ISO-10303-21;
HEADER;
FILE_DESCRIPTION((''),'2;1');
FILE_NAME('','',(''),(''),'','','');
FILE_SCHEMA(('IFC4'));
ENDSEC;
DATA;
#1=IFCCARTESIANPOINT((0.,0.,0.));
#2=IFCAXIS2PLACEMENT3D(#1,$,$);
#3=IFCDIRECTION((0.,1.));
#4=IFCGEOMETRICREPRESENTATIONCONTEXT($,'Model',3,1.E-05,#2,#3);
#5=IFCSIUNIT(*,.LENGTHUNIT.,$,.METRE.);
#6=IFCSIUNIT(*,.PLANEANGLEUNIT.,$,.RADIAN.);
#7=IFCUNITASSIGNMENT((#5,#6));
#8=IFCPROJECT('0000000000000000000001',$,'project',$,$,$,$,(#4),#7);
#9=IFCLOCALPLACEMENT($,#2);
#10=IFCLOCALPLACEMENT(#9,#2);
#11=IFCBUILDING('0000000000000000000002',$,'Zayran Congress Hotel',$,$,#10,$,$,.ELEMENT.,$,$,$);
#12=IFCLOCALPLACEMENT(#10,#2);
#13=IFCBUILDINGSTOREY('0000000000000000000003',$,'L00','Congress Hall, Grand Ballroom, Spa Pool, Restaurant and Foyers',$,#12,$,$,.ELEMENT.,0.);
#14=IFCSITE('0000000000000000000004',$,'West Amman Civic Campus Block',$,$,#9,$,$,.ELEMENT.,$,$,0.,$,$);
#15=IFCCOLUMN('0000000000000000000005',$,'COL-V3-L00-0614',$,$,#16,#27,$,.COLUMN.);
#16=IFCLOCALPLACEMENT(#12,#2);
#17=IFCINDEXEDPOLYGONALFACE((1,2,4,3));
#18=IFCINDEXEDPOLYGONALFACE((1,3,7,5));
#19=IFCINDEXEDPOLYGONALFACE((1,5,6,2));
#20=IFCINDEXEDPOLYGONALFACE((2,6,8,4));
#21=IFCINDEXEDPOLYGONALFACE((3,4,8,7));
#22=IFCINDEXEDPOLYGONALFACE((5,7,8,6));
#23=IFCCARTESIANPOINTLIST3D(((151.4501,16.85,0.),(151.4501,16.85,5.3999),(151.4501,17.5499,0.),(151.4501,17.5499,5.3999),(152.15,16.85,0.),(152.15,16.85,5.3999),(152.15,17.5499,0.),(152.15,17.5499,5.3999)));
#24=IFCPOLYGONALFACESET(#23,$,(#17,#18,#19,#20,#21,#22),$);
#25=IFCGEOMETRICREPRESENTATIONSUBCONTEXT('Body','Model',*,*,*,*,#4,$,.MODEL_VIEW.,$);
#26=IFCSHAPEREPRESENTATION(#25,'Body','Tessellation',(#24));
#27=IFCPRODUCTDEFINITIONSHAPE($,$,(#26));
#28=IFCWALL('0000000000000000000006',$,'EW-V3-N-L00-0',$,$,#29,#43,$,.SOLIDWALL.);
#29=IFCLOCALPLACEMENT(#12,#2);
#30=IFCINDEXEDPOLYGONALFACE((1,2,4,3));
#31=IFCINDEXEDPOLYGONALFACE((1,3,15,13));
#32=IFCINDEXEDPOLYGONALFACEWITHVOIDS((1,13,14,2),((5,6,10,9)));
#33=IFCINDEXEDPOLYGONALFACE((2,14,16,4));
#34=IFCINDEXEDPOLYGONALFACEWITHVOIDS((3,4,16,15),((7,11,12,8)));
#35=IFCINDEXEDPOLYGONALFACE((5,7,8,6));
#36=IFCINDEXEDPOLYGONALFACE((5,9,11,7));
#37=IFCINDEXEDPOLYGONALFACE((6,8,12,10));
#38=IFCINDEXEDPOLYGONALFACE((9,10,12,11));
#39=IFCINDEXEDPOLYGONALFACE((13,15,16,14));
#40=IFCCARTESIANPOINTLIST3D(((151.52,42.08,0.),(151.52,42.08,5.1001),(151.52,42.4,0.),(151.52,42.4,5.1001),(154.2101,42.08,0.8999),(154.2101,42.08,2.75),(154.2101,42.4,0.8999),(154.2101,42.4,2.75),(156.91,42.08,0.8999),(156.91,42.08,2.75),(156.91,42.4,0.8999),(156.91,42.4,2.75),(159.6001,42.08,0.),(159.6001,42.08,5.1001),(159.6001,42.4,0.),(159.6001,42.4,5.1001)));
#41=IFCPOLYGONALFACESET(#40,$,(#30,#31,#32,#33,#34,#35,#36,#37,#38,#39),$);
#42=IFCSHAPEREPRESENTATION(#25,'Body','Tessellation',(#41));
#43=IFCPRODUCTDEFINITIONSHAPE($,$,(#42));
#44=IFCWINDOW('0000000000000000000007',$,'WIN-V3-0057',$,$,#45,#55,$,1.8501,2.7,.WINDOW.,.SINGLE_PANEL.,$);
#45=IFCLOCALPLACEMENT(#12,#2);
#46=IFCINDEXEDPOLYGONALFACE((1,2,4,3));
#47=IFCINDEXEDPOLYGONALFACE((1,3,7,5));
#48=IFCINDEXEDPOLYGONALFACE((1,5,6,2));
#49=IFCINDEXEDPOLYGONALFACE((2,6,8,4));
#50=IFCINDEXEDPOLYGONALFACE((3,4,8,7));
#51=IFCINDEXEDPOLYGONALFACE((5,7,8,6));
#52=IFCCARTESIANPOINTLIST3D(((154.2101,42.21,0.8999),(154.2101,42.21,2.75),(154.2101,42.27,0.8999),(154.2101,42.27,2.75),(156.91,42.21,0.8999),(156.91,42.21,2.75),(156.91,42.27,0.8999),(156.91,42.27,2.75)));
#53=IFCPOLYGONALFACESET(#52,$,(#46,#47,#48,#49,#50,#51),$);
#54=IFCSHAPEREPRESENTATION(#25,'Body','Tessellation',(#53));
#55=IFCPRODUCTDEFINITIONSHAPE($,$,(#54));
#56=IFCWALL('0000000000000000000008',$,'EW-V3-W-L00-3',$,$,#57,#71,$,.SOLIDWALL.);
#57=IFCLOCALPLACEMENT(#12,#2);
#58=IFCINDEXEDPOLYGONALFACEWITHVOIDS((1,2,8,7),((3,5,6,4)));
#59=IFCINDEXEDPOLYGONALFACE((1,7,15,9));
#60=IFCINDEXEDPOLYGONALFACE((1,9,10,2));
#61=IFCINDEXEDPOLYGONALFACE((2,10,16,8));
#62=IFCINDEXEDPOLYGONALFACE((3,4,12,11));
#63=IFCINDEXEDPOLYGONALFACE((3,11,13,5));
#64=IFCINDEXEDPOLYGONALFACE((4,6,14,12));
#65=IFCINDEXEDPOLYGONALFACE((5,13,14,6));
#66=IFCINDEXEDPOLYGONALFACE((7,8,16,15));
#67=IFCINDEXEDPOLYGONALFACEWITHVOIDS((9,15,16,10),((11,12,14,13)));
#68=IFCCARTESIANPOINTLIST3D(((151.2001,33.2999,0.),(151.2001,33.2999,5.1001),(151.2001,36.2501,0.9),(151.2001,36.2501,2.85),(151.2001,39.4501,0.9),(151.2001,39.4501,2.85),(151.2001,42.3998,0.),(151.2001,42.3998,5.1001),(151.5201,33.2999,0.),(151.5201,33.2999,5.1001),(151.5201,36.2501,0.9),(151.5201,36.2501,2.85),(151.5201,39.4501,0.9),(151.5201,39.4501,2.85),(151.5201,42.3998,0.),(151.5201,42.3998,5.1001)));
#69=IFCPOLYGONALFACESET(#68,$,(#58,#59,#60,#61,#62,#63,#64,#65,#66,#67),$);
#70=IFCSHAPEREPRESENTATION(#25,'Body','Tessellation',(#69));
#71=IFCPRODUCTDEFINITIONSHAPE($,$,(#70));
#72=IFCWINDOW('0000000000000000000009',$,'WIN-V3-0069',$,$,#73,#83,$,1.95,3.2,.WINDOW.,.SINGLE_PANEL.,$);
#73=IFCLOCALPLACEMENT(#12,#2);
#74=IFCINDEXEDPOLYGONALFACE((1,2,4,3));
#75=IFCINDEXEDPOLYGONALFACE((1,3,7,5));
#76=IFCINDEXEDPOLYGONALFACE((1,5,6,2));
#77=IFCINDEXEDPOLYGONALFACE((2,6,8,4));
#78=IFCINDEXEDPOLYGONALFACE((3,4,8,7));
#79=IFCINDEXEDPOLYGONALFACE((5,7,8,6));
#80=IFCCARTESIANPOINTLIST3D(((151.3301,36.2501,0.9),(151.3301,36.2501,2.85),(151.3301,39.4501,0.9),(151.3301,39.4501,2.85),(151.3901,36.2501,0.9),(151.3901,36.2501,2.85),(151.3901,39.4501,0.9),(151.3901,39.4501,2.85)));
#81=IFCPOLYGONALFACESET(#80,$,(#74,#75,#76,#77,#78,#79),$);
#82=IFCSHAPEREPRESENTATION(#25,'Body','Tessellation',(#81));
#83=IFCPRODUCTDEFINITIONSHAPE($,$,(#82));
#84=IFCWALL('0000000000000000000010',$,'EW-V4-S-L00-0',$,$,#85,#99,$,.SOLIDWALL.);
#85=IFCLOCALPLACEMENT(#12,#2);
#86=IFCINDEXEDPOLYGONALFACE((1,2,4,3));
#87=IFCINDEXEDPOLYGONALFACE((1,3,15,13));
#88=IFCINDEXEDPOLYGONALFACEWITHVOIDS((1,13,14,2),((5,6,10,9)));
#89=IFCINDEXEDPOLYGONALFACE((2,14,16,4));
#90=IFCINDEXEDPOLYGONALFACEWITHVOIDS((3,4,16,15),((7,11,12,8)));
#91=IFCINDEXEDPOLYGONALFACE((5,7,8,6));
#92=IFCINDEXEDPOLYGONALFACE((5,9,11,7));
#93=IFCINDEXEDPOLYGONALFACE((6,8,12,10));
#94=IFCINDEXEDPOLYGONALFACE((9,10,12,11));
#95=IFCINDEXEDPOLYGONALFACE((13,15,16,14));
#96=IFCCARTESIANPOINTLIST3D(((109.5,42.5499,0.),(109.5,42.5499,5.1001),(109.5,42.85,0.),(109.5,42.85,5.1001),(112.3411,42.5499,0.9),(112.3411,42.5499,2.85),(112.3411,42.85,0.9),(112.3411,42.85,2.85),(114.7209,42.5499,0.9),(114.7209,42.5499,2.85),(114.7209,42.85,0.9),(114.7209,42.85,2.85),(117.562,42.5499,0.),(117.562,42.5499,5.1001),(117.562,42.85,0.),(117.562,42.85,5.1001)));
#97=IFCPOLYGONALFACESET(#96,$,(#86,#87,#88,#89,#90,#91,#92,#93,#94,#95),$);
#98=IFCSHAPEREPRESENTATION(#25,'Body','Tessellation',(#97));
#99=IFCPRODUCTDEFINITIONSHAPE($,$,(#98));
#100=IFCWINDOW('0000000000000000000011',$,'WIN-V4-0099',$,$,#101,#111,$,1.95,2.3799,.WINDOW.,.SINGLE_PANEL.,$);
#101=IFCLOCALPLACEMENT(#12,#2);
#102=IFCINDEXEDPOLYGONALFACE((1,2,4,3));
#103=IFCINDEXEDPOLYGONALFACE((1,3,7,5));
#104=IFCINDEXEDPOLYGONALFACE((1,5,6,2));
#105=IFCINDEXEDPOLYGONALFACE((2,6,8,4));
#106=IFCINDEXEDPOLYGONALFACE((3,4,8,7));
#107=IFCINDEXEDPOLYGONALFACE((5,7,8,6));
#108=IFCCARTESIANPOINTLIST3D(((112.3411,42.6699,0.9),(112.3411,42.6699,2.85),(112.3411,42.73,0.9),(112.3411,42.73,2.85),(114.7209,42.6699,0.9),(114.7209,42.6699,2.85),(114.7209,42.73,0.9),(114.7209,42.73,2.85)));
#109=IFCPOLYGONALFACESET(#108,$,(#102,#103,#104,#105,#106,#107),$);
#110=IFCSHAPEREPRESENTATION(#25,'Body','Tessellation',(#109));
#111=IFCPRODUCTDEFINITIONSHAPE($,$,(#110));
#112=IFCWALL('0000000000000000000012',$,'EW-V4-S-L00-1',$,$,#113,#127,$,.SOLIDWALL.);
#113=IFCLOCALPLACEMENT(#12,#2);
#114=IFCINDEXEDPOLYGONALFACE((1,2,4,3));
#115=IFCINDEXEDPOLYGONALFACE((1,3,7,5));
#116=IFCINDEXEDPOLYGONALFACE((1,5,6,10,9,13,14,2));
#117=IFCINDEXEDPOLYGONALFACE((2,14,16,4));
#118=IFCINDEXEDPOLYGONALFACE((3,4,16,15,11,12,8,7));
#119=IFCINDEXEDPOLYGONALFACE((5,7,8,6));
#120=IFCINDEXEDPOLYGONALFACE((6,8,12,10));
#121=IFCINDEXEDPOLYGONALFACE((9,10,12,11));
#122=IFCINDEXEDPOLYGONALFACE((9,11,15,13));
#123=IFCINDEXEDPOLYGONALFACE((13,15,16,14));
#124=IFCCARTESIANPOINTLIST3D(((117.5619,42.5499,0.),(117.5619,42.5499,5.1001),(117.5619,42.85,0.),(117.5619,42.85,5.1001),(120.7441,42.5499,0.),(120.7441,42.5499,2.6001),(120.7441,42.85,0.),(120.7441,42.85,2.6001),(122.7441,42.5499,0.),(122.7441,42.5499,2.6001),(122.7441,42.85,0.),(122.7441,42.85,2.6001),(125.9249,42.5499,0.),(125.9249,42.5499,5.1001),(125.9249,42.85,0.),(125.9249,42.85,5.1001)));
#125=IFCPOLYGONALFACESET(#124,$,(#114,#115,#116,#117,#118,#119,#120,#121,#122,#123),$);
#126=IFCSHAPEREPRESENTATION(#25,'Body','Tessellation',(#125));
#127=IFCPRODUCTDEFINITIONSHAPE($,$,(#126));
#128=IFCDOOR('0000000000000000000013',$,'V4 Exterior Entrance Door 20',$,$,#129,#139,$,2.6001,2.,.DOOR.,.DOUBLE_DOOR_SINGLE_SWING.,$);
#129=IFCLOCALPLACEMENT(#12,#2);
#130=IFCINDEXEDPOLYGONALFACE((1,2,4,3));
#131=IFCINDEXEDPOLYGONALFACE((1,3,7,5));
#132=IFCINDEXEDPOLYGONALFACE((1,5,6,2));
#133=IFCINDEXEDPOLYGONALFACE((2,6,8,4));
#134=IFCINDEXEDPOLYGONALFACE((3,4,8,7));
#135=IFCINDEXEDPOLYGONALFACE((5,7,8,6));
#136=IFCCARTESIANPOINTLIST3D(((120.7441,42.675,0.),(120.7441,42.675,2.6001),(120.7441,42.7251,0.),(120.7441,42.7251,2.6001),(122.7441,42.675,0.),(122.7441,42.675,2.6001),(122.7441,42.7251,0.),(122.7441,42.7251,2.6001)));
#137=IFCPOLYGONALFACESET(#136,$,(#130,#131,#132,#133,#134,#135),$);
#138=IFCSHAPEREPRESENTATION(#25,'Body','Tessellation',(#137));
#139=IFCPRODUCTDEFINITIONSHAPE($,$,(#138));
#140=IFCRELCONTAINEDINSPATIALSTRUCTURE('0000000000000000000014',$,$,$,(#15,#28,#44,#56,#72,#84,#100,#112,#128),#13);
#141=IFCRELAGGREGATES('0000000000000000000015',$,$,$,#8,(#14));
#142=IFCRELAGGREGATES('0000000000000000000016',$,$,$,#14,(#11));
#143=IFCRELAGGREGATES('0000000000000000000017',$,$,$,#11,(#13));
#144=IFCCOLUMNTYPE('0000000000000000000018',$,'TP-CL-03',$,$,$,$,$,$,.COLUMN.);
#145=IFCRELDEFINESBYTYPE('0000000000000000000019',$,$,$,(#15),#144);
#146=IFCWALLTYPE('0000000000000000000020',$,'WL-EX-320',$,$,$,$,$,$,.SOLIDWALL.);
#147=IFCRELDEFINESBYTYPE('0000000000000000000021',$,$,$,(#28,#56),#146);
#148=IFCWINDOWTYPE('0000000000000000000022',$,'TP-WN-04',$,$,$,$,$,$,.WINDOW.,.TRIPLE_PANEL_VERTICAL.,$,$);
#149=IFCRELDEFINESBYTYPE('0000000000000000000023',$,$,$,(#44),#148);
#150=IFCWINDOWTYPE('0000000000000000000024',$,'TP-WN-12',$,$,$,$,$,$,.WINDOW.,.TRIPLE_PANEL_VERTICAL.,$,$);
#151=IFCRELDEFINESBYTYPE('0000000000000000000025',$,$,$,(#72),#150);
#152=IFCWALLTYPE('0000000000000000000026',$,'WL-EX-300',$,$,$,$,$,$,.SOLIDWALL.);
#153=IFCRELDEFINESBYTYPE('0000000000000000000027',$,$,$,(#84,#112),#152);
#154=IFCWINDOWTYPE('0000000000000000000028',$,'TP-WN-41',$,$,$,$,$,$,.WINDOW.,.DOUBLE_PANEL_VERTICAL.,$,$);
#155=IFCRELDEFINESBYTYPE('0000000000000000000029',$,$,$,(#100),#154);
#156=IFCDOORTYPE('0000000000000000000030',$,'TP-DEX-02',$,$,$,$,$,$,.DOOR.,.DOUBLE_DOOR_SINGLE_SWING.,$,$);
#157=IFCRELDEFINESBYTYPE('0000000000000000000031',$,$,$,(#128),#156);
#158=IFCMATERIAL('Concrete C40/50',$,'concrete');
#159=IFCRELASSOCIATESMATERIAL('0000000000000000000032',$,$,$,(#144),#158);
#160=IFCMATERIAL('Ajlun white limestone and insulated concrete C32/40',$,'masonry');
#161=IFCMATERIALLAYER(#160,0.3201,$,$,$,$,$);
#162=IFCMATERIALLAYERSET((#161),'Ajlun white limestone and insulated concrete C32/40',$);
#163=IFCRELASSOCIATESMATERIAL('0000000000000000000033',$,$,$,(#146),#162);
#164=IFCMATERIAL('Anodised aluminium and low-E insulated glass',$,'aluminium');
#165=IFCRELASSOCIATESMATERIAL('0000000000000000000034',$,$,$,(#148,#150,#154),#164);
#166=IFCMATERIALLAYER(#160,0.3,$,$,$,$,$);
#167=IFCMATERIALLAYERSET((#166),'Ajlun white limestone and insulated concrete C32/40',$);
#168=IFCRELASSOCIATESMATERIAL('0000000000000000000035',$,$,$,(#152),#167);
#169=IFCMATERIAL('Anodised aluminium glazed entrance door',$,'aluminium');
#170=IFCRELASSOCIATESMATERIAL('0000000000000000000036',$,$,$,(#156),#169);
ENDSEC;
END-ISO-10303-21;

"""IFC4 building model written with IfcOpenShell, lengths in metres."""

from ifc_helpers import new_model, si_unit, direction, frame, frame_2d, origin, origin_2d, place, context, subcontext, project, spatial, rectangle, extrude, material, layer, layer_set, material_profile, profile_set, type_object, element, fill, save


model = new_model("IFC4")

# Units and contexts
model_context = context("Model", 3, precision=1e-05, world=origin(), true_north=direction((0.0, 1.0)))
body_context = subcontext(model_context, "Body", "Model", "MODEL_VIEW")
ifc_project = project(units=[si_unit("LENGTHUNIT", "METRE"), si_unit("PLANEANGLEUNIT", "RADIAN")], contexts=[model_context])

# Site, building, storey
site_placement = place(None, origin())
site = spatial("IfcSite", under=ifc_project, at=site_placement, Name="West Amman Civic Campus Block", CompositionType="ELEMENT", RefElevation=0.0)
building_placement = place(site_placement, origin())
building = spatial("IfcBuilding", under=site, at=building_placement, Name="Zayran Congress Hotel", CompositionType="ELEMENT")
storey_placement = place(building_placement, origin())
storey = spatial("IfcBuildingStorey", under=building, at=storey_placement, Name="L00", Description="Congress Hall, Grand Ballroom, Spa Pool, Restaurant and Foyers", CompositionType="ELEMENT", Elevation=0.0)

# Column
ifc_material_1 = material(Name="Concrete C40/50", Category="concrete")
ifc_material_profile = material_profile(ifc_material_1, rectangle(XDim=0.7, YDim=0.7, at=origin_2d()), Name="RC 700x700")
ifc_profile_set = profile_set([ifc_material_profile], Name="Concrete C40/50")
column_type = type_object("IfcColumnType", Name="TP-CL-03", PredefinedType="COLUMN", material=ifc_profile_set)
column_placement = place(storey_placement, frame((151.8, 17.2, 0.0), z_axis=(0.0, 0.0, 1.0), x_axis=(1.0, 0.0, 0.0)))
element("IfcColumn", 1, at=column_placement, inside=storey, type_object=column_type, Name="COL-V3-L00-0614", PredefinedType="COLUMN", context=body_context, shape_type="SweptSolid", body=[
    extrude(rectangle(XDim=0.7, YDim=0.7, at=origin_2d()), origin(), (0.0, 0.0, 1.0), 5.3999),
])

# Wall, opening, window
ifc_material_2 = material(Name="Ajlun white limestone and insulated concrete C32/40", Category="masonry")
ifc_layer_1 = layer(ifc_material_2, 0.3201)
ifc_layer_set_1 = layer_set([ifc_layer_1], Name="Ajlun white limestone and insulated concrete C32/40")
wall_type_1 = type_object("IfcWallType", Name="WL-EX-320", PredefinedType="SOLIDWALL", material=ifc_layer_set_1)
wall_1_placement = place(storey_placement, frame((151.52, 42.24, 0.0), z_axis=(0.0, 0.0, 1.0), x_axis=(1.0, 0.0, 0.0)))
wall_1 = element("IfcWall", 2, at=wall_1_placement, inside=storey, type_object=wall_type_1, Name="EW-V3-N-L00-0", PredefinedType="SOLIDWALL", context=body_context, shape_type="SweptSolid", body=[
    extrude(rectangle(XDim=8.0801, YDim=0.3201, at=frame_2d((4.04, 0.0))), origin(), (0.0, 0.0, 1.0), 5.1001),
])
opening_1_placement = place(wall_1_placement, frame((2.6899, 0.0, 0.8999)))
opening_1 = element("IfcOpeningElement", 3, at=opening_1_placement, cuts=wall_1, PredefinedType="OPENING", context=body_context, shape_type="SweptSolid", body=[
    extrude(rectangle(XDim=2.7, YDim=1.8501, at=frame_2d((1.3501, 0.925))), frame((0.0, 0.1699, 0.0), z_axis=(0.0, -1.0, 0.0), x_axis=(1.0, 0.0, 0.0)), (0.0, 0.0, 1.0), 0.3401),
])
ifc_material_3 = material(Name="Anodised aluminium and low-E insulated glass", Category="aluminium")
window_type_1 = type_object("IfcWindowType", Name="TP-WN-04", PartitioningType="TRIPLE_PANEL_VERTICAL", PredefinedType="WINDOW", material=ifc_material_3)
window_1_placement = place(opening_1_placement, origin())
window_1 = element("IfcWindow", 4, at=window_1_placement, inside=storey, type_object=window_type_1, Name="WIN-V3-0057", OverallHeight=1.8501, OverallWidth=2.7, PartitioningType="SINGLE_PANEL", PredefinedType="WINDOW", context=body_context, shape_type="SweptSolid", body=[
    extrude(rectangle(XDim=2.7, YDim=1.8501, at=frame_2d((1.3501, 0.925))), frame((0.0, 0.03, 0.0), z_axis=(0.0, -1.0, 0.0), x_axis=(1.0, 0.0, 0.0)), (0.0, 0.0, 1.0), 0.0601),
])
fill(opening_1, window_1)

# Walls, openings, windows
wall_2_placement = place(storey_placement, frame((151.3601, 33.3, 0.0), z_axis=(0.0, 0.0, 1.0), x_axis=(0.0, 1.0, 0.0)))
wall_2 = element("IfcWall", 5, at=wall_2_placement, inside=storey, type_object=wall_type_1, Name="EW-V3-W-L00-3", PredefinedType="SOLIDWALL", context=body_context, shape_type="SweptSolid", body=[
    extrude(rectangle(XDim=9.0999, YDim=0.3201, at=frame_2d((4.5498, 0.0))), origin(), (0.0, 0.0, 1.0), 5.1001),
])
opening_2_placement = place(wall_2_placement, frame((2.95, 0.0, 0.8999)))
opening_2 = element("IfcOpeningElement", 6, at=opening_2_placement, cuts=wall_2, PredefinedType="OPENING", context=body_context, shape_type="SweptSolid", body=[
    extrude(rectangle(XDim=3.2, YDim=1.95, at=frame_2d((1.6001, 0.9751))), frame((0.0, 0.1699, 0.0), z_axis=(0.0, -1.0, 0.0), x_axis=(1.0, 0.0, 0.0)), (0.0, 0.0, 1.0), 0.3401),
])
window_type_2 = type_object("IfcWindowType", Name="TP-WN-12", PartitioningType="TRIPLE_PANEL_VERTICAL", PredefinedType="WINDOW", material=ifc_material_3)
window_2_placement = place(opening_2_placement, origin())
window_2 = element("IfcWindow", 7, at=window_2_placement, inside=storey, type_object=window_type_2, Name="WIN-V3-0069", OverallHeight=1.95, OverallWidth=3.2, PartitioningType="SINGLE_PANEL", PredefinedType="WINDOW", context=body_context, shape_type="SweptSolid", body=[
    extrude(rectangle(XDim=3.2, YDim=1.95, at=frame_2d((1.6001, 0.9751))), frame((0.0, 0.03, 0.0), z_axis=(0.0, -1.0, 0.0), x_axis=(1.0, 0.0, 0.0)), (0.0, 0.0, 1.0), 0.0601),
])
fill(opening_2, window_2)
ifc_layer_2 = layer(ifc_material_2, 0.3)
ifc_layer_set_2 = layer_set([ifc_layer_2], Name="Ajlun white limestone and insulated concrete C32/40")
wall_type_2 = type_object("IfcWallType", Name="WL-EX-300", PredefinedType="SOLIDWALL", material=ifc_layer_set_2)
wall_3_placement = place(storey_placement, frame((117.562, 42.7, 0.0), z_axis=(0.0, 0.0, 1.0), x_axis=(-1.0, 0.0, 0.0)))
wall_3 = element("IfcWall", 8, at=wall_3_placement, inside=storey, type_object=wall_type_2, Name="EW-V4-S-L00-0", PredefinedType="SOLIDWALL", context=body_context, shape_type="SweptSolid", body=[
    extrude(rectangle(XDim=8.062, YDim=0.3, at=frame_2d((4.031, 0.0))), origin(), (0.0, 0.0, 1.0), 5.1001),
])
opening_3_placement = place(wall_3_placement, frame((2.8411, 0.0, 0.8999)))
opening_3 = element("IfcOpeningElement", 9, at=opening_3_placement, cuts=wall_3, PredefinedType="OPENING", context=body_context, shape_type="SweptSolid", body=[
    extrude(rectangle(XDim=2.3799, YDim=1.95, at=frame_2d((1.1899, 0.9751))), frame((0.0, 0.1599, 0.0), z_axis=(0.0, -1.0, 0.0), x_axis=(1.0, 0.0, 0.0)), (0.0, 0.0, 1.0), 0.3201),
])
window_type_3 = type_object("IfcWindowType", Name="TP-WN-41", PartitioningType="DOUBLE_PANEL_VERTICAL", PredefinedType="WINDOW", material=ifc_material_3)
window_3_placement = place(opening_3_placement, origin())
window_3 = element("IfcWindow", 10, at=window_3_placement, inside=storey, type_object=window_type_3, Name="WIN-V4-0099", OverallHeight=1.95, OverallWidth=2.3799, PartitioningType="SINGLE_PANEL", PredefinedType="WINDOW", context=body_context, shape_type="SweptSolid", body=[
    extrude(rectangle(XDim=2.3799, YDim=1.95, at=frame_2d((1.1899, 0.9751))), frame((0.0, 0.03, 0.0), z_axis=(0.0, -1.0, 0.0), x_axis=(1.0, 0.0, 0.0)), (0.0, 0.0, 1.0), 0.0601),
])
fill(opening_3, window_3)

# Wall, opening, door
wall_4_placement = place(storey_placement, frame((125.925, 42.7, 0.0), z_axis=(0.0, 0.0, 1.0), x_axis=(-1.0, 0.0, 0.0)))
wall_4 = element("IfcWall", 11, at=wall_4_placement, inside=storey, type_object=wall_type_2, Name="EW-V4-S-L00-1", PredefinedType="SOLIDWALL", context=body_context, shape_type="SweptSolid", body=[
    extrude(rectangle(XDim=8.363, YDim=0.3, at=frame_2d((4.1816, 0.0))), origin(), (0.0, 0.0, 1.0), 5.1001),
])
opening_4_placement = place(wall_4_placement, frame((3.1809, 0.0, 0.0)))
opening_4 = element("IfcOpeningElement", 12, at=opening_4_placement, cuts=wall_4, PredefinedType="OPENING", context=body_context, shape_type="SweptSolid", body=[
    extrude(rectangle(XDim=2.0, YDim=2.6001, at=frame_2d((1.0, 1.3))), frame((0.0, 0.1599, 0.0), z_axis=(0.0, -1.0, 0.0), x_axis=(1.0, 0.0, 0.0)), (0.0, 0.0, 1.0), 0.3201),
])
ifc_material_4 = material(Name="Anodised aluminium glazed entrance door", Category="aluminium")
door_type_1 = type_object("IfcDoorType", Name="TP-DEX-02", OperationType="DOUBLE_DOOR_SINGLE_SWING", PredefinedType="DOOR", material=ifc_material_4)
door_1_placement = place(opening_4_placement, origin())
door_1 = element("IfcDoor", 13, at=door_1_placement, inside=storey, type_object=door_type_1, Name="V4 Exterior Entrance Door 20", OperationType="DOUBLE_DOOR_SINGLE_SWING", OverallHeight=2.6001, OverallWidth=2.0, PredefinedType="DOOR", context=body_context, shape_type="SweptSolid", body=[
    extrude(rectangle(XDim=2.0, YDim=2.6001, at=frame_2d((1.0, 1.3))), frame((0.0, 0.0249, 0.0), z_axis=(0.0, -1.0, 0.0), x_axis=(1.0, 0.0, 0.0)), (0.0, 0.0, 1.0), 0.05),
])
fill(opening_4, door_1)

save(model, "model.ifc")
